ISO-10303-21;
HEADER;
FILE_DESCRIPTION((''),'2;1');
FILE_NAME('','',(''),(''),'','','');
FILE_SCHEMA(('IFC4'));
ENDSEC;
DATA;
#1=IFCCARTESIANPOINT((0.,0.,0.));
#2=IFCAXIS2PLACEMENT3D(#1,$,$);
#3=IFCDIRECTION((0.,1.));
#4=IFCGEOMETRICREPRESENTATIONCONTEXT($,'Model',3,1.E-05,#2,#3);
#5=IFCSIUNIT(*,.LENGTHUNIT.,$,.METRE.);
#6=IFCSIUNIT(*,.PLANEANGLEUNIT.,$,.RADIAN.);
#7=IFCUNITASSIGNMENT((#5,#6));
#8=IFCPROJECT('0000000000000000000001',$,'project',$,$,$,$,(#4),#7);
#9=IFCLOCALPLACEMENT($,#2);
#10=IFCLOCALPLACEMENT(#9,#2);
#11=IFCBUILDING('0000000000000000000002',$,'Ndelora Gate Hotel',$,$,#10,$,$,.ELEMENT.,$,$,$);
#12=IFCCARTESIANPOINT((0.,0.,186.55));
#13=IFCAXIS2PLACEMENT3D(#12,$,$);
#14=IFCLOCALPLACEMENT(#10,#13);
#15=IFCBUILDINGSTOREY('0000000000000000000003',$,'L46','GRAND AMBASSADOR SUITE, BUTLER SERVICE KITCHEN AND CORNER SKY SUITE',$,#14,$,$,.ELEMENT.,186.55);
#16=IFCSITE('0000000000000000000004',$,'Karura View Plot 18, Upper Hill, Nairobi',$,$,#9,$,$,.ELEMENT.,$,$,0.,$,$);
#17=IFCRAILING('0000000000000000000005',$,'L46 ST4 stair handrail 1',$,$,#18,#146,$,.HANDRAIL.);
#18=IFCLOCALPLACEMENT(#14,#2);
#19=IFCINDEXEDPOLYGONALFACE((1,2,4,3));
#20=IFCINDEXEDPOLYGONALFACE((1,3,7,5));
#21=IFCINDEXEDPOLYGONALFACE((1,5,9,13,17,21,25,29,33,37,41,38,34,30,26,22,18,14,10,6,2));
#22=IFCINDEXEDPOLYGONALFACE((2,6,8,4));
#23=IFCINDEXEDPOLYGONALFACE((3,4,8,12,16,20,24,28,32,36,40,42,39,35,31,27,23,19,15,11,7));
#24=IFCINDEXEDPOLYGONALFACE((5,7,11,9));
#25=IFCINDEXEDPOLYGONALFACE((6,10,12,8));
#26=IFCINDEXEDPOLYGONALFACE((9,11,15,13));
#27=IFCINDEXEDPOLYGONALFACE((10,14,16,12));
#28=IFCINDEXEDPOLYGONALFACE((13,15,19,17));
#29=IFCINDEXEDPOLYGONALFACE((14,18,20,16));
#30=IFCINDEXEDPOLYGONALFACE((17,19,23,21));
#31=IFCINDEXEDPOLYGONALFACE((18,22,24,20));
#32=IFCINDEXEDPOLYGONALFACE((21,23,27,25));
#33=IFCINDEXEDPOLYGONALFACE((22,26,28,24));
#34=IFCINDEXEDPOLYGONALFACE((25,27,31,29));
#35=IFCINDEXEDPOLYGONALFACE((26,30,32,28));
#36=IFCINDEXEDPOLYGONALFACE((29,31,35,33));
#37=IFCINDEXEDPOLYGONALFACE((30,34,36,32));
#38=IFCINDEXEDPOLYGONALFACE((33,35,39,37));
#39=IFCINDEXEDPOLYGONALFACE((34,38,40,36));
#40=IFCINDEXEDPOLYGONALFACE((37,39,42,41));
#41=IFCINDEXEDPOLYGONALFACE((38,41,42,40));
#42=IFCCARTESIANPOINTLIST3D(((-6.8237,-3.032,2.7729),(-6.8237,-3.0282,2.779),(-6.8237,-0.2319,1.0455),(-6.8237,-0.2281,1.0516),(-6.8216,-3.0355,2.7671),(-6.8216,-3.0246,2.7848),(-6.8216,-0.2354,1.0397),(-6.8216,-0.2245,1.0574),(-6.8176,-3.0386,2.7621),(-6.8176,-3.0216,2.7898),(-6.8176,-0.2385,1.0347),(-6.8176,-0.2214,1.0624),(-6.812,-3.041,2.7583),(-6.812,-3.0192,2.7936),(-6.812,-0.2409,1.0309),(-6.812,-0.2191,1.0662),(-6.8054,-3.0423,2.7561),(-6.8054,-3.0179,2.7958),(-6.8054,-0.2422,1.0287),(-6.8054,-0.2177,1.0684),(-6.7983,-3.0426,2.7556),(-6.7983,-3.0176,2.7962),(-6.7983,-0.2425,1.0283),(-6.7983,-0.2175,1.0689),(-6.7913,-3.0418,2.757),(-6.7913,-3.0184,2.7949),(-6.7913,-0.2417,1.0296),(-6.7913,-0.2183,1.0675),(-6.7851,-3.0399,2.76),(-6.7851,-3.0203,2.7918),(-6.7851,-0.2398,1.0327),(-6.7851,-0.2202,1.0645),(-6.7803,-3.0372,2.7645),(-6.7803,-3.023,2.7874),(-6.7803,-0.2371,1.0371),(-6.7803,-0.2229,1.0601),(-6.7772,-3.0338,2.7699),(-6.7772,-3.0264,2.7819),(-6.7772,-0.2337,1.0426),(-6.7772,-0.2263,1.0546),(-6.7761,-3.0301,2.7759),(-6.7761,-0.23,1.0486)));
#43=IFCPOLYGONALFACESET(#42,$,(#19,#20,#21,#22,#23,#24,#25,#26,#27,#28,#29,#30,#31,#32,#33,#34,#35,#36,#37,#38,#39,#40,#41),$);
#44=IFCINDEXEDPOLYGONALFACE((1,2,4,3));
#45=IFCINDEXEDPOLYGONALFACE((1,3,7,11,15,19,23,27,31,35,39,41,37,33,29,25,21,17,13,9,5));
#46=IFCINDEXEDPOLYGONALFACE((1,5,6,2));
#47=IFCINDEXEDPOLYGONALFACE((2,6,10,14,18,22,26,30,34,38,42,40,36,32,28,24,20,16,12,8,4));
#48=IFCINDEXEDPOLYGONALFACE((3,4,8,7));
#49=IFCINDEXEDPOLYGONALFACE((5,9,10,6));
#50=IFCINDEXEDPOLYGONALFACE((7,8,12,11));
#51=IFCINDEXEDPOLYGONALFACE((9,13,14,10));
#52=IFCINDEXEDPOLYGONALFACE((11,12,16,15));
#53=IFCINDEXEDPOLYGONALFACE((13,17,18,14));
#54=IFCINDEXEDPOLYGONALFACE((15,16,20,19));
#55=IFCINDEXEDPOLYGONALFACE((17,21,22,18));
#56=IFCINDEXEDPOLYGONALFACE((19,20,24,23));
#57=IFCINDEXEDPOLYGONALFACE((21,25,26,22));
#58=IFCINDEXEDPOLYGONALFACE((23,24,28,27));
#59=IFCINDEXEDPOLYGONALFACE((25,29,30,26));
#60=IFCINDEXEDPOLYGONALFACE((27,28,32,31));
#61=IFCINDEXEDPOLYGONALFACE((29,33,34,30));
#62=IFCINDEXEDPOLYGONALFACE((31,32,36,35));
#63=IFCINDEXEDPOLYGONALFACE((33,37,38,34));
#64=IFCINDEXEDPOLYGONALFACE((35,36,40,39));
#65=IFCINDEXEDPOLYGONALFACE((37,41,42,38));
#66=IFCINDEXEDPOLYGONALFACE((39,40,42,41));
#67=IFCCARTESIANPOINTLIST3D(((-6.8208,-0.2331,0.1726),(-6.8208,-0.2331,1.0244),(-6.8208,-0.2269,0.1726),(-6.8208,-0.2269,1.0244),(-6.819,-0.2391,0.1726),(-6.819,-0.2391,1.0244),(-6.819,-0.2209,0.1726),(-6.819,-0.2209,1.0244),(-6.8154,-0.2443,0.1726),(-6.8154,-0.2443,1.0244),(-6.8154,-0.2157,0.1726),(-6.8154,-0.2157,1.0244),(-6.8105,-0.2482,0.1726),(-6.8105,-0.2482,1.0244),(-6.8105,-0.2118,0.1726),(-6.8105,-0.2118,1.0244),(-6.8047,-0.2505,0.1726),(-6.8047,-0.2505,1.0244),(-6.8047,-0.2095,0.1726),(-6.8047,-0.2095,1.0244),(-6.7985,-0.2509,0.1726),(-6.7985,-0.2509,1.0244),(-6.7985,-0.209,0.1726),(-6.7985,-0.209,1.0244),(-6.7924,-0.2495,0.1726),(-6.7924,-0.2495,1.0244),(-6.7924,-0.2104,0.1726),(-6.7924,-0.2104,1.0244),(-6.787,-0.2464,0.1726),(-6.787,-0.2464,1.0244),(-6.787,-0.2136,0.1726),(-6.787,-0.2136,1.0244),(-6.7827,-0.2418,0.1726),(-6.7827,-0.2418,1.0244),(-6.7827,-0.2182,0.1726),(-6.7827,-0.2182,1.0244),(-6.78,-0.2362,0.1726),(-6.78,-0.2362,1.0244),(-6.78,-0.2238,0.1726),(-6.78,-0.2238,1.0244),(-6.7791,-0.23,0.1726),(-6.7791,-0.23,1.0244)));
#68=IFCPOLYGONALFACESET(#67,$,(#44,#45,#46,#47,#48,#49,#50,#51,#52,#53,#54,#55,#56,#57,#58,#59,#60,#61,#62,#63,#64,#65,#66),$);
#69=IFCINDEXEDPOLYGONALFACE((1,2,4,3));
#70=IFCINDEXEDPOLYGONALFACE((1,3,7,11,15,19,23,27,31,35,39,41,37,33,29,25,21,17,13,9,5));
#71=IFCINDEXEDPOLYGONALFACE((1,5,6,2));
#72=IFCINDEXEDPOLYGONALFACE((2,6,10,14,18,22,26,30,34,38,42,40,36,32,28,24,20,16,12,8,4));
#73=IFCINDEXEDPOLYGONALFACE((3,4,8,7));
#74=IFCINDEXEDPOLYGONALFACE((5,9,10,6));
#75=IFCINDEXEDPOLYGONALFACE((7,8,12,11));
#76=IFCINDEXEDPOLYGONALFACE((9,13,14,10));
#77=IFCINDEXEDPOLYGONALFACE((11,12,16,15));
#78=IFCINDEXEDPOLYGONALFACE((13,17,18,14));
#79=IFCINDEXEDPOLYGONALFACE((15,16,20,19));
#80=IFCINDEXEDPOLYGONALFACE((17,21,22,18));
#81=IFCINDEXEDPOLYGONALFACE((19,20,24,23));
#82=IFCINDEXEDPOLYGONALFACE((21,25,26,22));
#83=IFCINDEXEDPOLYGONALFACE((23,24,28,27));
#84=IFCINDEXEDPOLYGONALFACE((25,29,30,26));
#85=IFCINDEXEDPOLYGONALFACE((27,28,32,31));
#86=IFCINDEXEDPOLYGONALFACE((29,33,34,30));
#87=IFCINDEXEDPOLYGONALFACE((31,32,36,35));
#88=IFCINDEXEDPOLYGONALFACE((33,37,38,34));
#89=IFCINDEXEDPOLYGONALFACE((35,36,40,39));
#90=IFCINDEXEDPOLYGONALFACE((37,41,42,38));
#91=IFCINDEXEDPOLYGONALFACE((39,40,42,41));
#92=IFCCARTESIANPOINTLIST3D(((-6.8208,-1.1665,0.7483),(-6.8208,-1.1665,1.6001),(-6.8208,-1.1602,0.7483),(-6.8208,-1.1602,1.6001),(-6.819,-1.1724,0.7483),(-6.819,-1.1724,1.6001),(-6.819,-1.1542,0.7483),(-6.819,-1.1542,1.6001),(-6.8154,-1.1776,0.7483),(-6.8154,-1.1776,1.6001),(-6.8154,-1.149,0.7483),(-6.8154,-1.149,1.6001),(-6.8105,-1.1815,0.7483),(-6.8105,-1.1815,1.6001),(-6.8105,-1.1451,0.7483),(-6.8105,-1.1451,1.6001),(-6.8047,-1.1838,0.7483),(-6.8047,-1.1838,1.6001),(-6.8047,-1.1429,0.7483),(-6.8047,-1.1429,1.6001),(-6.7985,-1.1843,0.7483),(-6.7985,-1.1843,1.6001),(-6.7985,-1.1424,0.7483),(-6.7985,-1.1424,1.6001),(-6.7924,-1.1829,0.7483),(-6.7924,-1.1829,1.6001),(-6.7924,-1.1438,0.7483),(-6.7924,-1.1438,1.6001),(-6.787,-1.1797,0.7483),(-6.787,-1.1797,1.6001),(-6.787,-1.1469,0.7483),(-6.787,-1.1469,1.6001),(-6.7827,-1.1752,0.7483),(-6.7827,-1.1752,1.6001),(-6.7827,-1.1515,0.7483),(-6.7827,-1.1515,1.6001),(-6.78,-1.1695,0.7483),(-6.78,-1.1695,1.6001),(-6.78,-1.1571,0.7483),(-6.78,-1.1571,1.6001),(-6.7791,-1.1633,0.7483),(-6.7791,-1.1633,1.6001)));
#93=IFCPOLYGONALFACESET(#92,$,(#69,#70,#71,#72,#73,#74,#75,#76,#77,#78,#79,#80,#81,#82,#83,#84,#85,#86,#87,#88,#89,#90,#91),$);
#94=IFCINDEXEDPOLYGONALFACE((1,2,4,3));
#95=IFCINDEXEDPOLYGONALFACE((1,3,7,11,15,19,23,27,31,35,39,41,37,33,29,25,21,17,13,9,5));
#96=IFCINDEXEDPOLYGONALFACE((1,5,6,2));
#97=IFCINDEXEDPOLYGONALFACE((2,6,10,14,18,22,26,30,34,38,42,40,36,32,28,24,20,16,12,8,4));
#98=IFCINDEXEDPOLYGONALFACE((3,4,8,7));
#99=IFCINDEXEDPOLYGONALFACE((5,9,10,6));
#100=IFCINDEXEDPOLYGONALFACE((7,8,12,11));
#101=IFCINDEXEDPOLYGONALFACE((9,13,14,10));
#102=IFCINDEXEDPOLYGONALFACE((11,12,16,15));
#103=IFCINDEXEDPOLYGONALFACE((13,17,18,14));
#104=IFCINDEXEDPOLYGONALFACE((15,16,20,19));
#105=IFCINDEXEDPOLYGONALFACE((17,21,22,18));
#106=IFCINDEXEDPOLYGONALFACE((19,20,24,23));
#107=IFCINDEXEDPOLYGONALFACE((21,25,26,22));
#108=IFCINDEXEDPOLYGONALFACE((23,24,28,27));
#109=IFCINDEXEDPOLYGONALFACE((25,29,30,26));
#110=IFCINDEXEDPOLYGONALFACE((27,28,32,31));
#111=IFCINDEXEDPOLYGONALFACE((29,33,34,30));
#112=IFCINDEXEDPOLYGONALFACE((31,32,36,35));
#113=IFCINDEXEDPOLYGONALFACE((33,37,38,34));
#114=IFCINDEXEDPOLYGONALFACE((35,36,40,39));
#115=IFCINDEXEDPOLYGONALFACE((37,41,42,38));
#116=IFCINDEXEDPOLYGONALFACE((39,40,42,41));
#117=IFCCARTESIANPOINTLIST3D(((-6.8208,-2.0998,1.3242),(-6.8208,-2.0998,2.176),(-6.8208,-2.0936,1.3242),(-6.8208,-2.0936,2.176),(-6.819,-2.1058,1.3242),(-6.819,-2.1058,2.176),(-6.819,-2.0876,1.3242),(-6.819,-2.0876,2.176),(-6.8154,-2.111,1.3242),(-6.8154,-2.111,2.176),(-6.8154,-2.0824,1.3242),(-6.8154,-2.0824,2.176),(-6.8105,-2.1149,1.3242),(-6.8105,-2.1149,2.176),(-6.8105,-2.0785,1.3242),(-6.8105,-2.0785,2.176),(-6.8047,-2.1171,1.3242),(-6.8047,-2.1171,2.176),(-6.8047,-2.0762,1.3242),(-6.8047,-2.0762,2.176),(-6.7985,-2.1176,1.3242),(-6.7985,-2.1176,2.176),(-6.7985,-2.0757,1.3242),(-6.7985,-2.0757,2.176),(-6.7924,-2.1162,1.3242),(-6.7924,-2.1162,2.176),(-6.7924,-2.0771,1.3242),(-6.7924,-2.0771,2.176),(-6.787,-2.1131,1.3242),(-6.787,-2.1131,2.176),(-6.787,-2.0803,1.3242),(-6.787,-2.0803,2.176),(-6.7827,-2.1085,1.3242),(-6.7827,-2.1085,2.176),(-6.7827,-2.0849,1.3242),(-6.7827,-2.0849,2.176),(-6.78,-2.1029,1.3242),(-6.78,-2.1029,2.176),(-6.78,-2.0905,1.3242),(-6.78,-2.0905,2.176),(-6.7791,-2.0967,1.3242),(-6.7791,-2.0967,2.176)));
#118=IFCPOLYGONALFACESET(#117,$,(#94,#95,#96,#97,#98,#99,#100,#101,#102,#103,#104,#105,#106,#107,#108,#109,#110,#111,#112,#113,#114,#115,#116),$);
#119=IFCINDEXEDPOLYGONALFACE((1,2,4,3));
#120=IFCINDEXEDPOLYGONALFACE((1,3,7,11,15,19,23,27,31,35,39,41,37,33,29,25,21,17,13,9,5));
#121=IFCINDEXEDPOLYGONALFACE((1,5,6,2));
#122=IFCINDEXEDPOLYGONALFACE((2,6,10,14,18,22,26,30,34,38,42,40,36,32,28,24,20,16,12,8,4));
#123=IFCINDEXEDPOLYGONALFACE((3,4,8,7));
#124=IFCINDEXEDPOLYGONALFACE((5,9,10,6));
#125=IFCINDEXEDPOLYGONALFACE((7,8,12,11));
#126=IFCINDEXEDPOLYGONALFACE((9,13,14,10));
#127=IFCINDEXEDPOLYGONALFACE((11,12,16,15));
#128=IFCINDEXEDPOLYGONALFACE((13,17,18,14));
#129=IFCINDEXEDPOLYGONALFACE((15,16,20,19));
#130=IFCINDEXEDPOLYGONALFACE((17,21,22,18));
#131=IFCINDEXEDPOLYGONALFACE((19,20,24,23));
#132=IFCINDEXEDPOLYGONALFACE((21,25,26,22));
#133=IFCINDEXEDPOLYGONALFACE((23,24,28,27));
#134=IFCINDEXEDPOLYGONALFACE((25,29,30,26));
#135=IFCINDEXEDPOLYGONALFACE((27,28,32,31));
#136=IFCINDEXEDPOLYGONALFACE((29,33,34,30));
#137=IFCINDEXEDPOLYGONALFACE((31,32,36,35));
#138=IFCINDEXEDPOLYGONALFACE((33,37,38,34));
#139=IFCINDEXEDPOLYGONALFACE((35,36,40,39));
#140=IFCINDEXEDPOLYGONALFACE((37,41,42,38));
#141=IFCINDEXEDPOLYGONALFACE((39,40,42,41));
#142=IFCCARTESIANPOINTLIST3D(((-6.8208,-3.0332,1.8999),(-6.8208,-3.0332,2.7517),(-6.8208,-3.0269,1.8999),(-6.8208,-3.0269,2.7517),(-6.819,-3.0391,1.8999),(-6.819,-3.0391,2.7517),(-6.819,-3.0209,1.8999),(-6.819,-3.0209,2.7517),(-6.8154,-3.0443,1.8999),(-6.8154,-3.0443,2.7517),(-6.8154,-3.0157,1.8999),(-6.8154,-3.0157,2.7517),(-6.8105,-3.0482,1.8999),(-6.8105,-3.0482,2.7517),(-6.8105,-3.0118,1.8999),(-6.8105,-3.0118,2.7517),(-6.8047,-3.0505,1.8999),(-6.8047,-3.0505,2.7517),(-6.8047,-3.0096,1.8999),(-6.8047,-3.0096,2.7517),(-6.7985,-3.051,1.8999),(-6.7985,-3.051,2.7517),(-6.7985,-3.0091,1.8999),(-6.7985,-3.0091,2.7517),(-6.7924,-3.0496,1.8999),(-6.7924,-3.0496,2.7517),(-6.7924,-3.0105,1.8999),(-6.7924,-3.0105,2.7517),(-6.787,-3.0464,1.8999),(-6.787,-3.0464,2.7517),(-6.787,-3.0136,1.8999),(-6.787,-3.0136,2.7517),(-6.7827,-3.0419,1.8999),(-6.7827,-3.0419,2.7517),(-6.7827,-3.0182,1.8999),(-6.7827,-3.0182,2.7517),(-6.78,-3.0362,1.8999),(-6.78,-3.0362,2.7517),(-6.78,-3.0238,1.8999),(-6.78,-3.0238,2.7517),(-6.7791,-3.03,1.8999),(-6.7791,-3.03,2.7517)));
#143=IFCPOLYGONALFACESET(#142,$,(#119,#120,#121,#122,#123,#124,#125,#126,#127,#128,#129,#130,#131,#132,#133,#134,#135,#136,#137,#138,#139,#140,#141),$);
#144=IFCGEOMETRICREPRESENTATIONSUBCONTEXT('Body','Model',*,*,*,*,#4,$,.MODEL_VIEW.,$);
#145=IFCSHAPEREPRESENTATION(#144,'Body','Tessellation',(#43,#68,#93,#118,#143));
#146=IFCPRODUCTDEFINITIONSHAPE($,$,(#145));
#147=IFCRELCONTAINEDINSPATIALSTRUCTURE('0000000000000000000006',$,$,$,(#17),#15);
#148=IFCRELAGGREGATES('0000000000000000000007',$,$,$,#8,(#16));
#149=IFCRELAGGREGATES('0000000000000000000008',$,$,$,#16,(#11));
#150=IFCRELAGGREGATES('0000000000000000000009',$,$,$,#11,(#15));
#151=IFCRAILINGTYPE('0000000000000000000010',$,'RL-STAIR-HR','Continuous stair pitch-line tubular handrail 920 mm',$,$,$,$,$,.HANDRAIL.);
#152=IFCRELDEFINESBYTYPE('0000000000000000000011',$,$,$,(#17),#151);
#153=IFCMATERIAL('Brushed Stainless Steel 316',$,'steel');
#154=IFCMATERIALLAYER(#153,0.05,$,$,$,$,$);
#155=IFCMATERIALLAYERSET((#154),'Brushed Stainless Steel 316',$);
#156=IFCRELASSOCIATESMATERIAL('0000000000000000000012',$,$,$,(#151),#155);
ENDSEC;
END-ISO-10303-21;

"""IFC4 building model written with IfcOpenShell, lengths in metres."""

from ifc_helpers import new_model, si_unit, direction, frame, origin, origin_2d, place, context, subcontext, project, spatial, circle, extrude, material, layer, layer_set, type_object, element, save


model = new_model("IFC4")

# Units and contexts
model_context = context("Model", 3, precision=1e-05, world=origin(), true_north=direction((0.0, 1.0)))
body_context = subcontext(model_context, "Body", "Model", "MODEL_VIEW")
ifc_project = project(units=[si_unit("LENGTHUNIT", "METRE"), si_unit("PLANEANGLEUNIT", "RADIAN")], contexts=[model_context])

# Site, building, storey
site_placement = place(None, origin())
site = spatial("IfcSite", under=ifc_project, at=site_placement, Name="Karura View Plot 18, Upper Hill, Nairobi", CompositionType="ELEMENT", RefElevation=0.0)
building_placement = place(site_placement, origin())
building = spatial("IfcBuilding", under=site, at=building_placement, Name="Ndelora Gate Hotel", CompositionType="ELEMENT")
storey_placement = place(building_placement, frame((0.0, 0.0, 186.55)))
storey = spatial("IfcBuildingStorey", under=building, at=storey_placement, Name="L46", Description="GRAND AMBASSADOR SUITE, BUTLER SERVICE KITCHEN AND CORNER SKY SUITE", CompositionType="ELEMENT", Elevation=186.55)

# Railing
ifc_material_1 = material(Name="Brushed Stainless Steel 316", Category="steel")
ifc_layer_1 = layer(ifc_material_1, 0.05)
ifc_layer_set_1 = layer_set([ifc_layer_1], Name="Brushed Stainless Steel 316")
railing_type_1 = type_object("IfcRailingType", Name="RL-STAIR-HR", Description="Continuous stair pitch-line tubular handrail 920 mm", PredefinedType="HANDRAIL", material=ifc_layer_set_1)
railing_1_placement = place(storey_placement, frame((-6.8, -0.23, 0.1726)))
element("IfcRailing", 1, at=railing_1_placement, inside=storey, type_object=railing_type_1, Name="L46 ST4 stair handrail 1", PredefinedType="HANDRAIL", context=body_context, shape_type="SweptSolid", body=[
    extrude(circle(Radius=0.0239, at=origin_2d()), frame((0.0, 0.0, 0.876), z_axis=(0.0, -0.85109, 0.52502), x_axis=(1.0, 0.0, 0.0)), (0.0, 0.0, 1.0), 3.29),
    extrude(circle(Radius=0.021, at=origin_2d()), origin(), (0.0, 0.0, 1.0), 0.8518),
    extrude(circle(Radius=0.021, at=origin_2d()), frame((0.0, -0.9333, 0.5757)), (0.0, 0.0, 1.0), 0.8518),
    extrude(circle(Radius=0.021, at=origin_2d()), frame((0.0, -1.8667, 1.1516)), (0.0, 0.0, 1.0), 0.8518),
    extrude(circle(Radius=0.021, at=origin_2d()), frame((0.0, -2.8, 1.7273)), (0.0, 0.0, 1.0), 0.8518),
])

save(model, "model.ifc")
